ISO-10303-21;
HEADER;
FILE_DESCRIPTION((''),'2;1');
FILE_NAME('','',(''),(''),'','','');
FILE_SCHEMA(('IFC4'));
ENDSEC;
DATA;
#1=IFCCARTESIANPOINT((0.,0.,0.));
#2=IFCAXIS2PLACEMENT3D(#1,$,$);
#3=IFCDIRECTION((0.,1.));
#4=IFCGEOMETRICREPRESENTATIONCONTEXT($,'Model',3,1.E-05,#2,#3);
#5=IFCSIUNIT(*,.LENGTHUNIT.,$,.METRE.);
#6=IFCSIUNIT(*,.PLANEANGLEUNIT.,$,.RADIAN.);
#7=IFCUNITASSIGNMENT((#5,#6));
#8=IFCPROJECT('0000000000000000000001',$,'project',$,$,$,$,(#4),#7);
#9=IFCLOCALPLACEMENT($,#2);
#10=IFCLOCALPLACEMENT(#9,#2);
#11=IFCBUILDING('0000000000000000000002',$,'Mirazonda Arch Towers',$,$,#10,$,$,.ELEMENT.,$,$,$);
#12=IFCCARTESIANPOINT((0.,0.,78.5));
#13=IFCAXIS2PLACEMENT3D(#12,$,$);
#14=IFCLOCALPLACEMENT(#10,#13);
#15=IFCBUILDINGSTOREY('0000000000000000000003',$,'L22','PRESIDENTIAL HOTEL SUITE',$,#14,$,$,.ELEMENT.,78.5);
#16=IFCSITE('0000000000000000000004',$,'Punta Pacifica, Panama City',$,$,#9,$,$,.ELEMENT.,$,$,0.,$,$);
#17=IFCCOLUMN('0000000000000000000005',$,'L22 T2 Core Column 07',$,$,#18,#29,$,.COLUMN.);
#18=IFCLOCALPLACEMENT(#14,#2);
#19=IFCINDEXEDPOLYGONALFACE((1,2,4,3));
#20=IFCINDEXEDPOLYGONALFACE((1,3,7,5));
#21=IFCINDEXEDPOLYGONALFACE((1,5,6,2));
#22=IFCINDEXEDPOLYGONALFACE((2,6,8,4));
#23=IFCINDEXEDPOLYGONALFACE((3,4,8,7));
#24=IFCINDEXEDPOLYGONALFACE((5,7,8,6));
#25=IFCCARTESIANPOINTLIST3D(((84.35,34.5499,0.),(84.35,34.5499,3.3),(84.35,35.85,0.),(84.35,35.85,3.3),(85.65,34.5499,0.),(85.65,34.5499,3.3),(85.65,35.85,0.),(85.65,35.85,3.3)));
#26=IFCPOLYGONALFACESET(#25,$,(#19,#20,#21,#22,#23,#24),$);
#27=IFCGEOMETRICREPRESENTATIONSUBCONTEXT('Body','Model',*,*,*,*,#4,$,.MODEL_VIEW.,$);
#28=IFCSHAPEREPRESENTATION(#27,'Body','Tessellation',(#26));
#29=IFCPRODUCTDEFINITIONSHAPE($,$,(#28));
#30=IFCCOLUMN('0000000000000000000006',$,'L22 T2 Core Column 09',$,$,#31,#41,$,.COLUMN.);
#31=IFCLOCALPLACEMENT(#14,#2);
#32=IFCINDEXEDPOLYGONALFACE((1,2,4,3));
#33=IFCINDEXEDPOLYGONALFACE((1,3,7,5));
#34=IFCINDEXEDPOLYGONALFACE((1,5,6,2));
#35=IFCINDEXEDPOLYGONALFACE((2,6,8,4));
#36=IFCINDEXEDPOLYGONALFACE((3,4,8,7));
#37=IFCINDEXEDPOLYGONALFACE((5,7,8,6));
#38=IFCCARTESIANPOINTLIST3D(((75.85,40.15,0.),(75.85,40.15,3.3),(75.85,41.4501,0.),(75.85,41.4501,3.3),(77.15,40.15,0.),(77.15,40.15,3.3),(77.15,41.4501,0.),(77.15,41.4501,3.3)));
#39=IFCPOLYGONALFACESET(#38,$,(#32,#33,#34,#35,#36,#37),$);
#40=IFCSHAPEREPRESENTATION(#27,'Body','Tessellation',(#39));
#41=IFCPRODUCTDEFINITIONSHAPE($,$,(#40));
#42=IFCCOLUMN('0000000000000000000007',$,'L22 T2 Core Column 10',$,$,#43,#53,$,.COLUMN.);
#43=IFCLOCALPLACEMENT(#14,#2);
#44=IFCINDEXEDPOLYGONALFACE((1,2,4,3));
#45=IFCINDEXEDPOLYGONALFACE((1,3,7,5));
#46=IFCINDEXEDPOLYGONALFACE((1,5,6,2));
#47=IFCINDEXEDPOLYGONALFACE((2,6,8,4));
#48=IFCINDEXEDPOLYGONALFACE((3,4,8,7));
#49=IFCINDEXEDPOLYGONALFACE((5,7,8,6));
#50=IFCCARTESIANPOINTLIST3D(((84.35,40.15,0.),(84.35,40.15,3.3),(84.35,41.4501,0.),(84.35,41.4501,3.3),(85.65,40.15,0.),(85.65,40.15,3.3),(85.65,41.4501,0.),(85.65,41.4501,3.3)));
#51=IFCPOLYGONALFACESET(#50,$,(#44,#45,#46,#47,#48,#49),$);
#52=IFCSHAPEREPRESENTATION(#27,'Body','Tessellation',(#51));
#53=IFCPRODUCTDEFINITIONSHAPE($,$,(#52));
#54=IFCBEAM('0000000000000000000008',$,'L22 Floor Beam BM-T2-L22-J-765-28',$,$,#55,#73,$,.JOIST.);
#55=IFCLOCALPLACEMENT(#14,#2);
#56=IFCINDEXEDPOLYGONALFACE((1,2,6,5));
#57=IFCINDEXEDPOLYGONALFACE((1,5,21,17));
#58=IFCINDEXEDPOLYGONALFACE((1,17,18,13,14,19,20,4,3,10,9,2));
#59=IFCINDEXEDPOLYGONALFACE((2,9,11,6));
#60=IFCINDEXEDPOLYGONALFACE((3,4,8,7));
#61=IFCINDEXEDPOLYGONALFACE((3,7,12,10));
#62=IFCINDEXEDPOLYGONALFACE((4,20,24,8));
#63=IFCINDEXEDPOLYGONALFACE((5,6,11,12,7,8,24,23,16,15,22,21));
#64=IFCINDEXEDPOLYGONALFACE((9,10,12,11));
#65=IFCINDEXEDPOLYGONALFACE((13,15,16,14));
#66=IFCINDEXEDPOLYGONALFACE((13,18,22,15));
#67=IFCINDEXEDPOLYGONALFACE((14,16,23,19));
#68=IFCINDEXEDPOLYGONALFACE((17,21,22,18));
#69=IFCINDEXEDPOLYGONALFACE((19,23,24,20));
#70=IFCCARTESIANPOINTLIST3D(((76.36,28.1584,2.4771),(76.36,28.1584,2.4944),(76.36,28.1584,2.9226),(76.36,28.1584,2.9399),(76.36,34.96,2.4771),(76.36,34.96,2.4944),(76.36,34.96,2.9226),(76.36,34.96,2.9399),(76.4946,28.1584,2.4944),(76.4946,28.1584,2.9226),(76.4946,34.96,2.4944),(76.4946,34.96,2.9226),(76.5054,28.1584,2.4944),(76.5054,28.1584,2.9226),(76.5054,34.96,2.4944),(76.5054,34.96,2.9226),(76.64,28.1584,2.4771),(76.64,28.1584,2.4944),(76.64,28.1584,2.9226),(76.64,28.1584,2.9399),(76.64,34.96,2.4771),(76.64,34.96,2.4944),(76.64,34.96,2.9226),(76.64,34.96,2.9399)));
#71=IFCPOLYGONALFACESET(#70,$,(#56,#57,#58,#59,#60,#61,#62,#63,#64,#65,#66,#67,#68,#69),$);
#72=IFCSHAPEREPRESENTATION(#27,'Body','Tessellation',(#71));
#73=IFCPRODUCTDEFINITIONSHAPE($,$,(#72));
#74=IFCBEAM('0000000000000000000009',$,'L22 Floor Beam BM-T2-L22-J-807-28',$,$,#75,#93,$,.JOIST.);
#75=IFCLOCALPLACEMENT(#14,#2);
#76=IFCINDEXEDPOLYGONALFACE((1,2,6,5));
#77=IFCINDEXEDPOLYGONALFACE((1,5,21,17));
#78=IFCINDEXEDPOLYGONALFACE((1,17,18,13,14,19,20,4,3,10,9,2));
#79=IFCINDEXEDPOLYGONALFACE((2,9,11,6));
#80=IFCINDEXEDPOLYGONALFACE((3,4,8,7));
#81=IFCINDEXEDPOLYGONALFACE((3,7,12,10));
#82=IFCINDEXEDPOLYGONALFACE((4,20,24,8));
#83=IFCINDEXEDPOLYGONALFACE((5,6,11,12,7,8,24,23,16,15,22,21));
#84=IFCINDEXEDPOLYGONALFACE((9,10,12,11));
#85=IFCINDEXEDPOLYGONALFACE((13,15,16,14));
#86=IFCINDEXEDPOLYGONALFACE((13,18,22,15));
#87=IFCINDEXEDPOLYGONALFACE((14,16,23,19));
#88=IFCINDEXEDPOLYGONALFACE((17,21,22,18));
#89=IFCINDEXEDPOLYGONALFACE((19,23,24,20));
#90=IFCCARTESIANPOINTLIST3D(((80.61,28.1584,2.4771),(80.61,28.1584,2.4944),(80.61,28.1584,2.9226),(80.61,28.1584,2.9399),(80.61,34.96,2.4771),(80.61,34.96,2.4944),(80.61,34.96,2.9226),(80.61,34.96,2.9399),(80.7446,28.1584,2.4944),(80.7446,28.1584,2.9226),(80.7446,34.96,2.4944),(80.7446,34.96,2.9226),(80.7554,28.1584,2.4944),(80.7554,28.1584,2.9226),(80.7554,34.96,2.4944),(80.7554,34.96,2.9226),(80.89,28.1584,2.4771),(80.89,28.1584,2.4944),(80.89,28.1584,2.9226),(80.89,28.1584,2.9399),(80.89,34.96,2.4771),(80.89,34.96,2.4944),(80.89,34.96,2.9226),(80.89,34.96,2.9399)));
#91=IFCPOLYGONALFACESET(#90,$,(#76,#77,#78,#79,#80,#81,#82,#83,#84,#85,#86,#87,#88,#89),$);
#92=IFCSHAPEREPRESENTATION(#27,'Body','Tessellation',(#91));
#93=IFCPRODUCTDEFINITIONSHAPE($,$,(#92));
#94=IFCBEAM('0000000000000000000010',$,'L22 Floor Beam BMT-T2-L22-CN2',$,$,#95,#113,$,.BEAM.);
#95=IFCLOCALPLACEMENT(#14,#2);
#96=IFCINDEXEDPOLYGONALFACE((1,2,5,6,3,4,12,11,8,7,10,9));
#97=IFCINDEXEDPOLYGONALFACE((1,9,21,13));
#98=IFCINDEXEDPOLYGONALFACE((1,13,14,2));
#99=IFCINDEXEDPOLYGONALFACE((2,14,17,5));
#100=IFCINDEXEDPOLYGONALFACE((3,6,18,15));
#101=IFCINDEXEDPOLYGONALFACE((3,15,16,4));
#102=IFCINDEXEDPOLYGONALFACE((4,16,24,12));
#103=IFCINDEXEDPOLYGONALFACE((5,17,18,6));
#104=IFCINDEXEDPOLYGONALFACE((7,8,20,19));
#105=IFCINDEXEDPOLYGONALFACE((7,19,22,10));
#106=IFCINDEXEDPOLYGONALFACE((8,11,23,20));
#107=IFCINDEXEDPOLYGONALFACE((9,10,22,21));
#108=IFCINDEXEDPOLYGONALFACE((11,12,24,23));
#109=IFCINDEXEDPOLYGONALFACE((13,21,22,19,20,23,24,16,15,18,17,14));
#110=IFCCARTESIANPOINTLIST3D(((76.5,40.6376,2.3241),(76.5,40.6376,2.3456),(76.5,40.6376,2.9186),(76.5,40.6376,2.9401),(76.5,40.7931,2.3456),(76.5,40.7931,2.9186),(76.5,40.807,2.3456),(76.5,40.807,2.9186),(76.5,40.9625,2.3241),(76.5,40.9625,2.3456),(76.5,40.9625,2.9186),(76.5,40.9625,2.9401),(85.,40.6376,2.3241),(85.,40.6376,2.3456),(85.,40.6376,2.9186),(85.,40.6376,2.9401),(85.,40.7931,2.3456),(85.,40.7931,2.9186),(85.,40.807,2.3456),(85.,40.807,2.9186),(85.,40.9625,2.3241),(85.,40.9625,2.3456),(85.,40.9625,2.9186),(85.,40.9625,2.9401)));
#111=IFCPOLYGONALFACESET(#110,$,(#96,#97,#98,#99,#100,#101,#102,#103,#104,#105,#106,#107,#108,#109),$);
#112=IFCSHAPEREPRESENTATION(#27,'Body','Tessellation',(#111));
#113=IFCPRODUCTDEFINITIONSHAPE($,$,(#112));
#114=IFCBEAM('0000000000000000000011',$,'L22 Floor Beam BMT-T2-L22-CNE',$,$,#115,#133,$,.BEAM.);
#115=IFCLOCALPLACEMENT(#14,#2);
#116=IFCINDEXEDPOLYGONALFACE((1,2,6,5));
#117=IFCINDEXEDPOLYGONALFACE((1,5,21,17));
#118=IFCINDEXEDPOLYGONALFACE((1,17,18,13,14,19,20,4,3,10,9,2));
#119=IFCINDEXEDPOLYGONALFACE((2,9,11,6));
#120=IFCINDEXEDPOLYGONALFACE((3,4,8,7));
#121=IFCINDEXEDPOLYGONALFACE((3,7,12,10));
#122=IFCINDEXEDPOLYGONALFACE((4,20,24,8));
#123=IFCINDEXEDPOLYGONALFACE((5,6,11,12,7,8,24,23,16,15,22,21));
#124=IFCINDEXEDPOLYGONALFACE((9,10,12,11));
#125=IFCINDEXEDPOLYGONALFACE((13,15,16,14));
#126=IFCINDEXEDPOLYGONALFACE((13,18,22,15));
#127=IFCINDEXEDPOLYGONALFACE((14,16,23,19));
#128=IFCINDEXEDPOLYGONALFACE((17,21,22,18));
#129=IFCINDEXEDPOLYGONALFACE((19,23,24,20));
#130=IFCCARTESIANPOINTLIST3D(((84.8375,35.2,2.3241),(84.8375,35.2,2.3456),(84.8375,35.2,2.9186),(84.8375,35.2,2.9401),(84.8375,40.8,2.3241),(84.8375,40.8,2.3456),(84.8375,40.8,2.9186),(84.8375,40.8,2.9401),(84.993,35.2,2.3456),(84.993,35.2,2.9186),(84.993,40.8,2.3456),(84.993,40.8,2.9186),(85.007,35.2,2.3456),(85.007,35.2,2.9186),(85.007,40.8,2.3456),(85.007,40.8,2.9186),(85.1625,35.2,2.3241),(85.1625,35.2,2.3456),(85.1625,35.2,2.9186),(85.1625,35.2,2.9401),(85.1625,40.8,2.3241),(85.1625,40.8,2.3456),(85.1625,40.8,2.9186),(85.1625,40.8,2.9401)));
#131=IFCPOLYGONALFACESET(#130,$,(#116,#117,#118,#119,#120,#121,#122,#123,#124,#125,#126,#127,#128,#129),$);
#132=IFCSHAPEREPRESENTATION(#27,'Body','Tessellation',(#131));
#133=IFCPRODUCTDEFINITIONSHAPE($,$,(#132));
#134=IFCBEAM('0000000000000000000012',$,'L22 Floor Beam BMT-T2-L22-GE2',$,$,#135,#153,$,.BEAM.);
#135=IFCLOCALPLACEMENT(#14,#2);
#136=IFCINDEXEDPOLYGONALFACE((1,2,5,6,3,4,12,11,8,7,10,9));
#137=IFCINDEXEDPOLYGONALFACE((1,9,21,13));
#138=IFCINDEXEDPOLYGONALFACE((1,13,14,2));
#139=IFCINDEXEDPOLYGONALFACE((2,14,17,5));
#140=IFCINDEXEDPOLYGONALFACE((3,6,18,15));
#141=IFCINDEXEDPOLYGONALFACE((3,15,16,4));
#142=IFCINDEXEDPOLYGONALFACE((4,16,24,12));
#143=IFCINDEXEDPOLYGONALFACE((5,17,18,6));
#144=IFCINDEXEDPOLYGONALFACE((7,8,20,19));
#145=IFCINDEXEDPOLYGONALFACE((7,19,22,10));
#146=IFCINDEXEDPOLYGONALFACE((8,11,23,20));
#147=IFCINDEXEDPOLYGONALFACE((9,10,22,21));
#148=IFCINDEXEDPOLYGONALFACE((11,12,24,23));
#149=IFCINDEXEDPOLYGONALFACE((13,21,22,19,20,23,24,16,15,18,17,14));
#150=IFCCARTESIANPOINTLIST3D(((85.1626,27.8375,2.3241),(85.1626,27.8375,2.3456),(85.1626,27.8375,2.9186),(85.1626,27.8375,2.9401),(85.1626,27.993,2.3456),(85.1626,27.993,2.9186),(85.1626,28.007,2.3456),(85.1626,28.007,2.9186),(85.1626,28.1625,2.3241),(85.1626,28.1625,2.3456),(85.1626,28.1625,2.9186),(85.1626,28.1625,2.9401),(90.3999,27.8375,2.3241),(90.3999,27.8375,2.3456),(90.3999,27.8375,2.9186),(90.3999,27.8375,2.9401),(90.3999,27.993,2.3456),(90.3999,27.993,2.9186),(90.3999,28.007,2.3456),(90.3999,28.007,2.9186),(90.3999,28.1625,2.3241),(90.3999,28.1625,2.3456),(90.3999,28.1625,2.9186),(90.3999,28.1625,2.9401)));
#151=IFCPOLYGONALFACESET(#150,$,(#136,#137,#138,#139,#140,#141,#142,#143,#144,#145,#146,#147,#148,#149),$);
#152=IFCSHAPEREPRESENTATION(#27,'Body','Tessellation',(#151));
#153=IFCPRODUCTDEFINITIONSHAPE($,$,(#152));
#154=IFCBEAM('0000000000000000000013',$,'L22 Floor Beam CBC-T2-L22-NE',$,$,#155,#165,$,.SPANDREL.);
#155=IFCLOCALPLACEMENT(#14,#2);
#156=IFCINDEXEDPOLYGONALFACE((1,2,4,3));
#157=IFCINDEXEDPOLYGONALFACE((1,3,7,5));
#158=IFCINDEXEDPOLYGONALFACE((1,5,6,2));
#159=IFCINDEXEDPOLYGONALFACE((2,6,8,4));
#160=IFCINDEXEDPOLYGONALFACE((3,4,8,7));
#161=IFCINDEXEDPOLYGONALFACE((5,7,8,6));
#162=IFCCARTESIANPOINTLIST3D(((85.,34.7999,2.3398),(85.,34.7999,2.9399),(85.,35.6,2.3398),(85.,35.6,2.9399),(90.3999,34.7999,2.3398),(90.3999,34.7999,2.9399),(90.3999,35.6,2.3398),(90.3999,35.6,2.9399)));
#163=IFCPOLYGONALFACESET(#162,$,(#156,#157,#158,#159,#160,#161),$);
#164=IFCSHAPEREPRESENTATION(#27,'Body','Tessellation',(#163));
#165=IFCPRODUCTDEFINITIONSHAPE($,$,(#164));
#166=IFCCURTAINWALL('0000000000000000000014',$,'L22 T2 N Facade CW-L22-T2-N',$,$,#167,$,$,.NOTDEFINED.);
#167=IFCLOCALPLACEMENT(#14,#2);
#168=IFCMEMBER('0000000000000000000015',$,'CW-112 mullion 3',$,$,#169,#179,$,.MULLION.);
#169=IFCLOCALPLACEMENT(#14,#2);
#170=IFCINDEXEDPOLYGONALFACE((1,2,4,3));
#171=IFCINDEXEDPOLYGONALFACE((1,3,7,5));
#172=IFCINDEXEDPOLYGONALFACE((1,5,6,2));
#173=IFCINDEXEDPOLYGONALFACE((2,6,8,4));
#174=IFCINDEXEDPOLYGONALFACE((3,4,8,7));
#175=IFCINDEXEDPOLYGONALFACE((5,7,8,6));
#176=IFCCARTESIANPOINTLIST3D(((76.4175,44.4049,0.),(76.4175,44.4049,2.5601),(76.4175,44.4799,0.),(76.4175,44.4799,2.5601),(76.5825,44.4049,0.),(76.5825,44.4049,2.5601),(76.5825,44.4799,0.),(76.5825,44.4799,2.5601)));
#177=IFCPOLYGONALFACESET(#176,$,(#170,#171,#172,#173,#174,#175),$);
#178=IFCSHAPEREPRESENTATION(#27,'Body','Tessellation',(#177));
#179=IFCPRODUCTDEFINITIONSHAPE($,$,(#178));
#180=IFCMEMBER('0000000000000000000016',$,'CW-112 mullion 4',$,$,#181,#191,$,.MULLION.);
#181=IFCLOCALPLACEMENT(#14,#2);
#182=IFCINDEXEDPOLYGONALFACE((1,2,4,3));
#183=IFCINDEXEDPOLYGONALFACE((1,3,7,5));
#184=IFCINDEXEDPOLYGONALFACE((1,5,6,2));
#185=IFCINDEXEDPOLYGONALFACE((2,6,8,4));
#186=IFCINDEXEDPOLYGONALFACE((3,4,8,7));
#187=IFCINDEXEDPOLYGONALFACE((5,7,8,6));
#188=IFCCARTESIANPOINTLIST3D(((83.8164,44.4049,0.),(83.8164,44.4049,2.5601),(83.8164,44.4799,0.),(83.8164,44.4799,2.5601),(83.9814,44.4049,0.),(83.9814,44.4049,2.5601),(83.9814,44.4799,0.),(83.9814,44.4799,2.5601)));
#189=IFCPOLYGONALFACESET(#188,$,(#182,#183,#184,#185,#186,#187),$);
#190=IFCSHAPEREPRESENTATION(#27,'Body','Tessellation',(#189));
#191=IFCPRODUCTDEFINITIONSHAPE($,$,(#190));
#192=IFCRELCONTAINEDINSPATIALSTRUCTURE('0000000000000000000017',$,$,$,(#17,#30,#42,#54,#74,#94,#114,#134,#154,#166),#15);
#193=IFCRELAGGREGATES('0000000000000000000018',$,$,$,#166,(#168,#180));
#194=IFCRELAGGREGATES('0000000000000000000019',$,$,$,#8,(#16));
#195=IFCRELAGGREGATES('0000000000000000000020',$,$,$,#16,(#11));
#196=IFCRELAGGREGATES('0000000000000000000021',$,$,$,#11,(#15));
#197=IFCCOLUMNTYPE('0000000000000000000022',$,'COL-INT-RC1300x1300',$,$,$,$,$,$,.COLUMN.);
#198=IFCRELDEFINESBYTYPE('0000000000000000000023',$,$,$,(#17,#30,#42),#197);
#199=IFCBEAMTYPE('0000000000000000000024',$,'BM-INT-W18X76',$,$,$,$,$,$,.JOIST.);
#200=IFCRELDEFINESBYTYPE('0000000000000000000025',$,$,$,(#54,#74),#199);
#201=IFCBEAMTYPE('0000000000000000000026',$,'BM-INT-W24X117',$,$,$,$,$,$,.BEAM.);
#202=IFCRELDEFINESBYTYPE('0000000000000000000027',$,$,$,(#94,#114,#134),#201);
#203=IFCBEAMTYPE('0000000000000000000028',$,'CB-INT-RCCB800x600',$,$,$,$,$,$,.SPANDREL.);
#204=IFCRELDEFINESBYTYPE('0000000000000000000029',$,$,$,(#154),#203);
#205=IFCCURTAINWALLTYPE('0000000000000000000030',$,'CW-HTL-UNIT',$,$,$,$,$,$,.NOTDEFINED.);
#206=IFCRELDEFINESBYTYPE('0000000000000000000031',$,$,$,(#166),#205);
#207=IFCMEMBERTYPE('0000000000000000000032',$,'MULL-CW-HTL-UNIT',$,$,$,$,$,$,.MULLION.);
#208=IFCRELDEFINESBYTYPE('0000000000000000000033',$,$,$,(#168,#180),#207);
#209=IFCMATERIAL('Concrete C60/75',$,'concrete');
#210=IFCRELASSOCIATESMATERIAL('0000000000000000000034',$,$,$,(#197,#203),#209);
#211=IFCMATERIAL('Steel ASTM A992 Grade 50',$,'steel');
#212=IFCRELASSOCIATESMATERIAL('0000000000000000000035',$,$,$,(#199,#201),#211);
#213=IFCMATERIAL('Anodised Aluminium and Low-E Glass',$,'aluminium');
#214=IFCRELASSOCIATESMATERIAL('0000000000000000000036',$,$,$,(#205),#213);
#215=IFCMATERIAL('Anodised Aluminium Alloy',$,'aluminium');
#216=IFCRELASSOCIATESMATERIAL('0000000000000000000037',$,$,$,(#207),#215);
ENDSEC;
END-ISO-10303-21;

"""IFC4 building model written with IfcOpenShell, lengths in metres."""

from ifc_helpers import new_model, si_unit, direction, frame, origin, origin_2d, place, context, subcontext, project, spatial, rectangle, i_section, extrude, material, material_profile, profile_set, type_object, element, aggregate, save


model = new_model("IFC4")

# Units and contexts
model_context = context("Model", 3, precision=1e-05, world=origin(), true_north=direction((0.0, 1.0)))
body_context = subcontext(model_context, "Body", "Model", "MODEL_VIEW")
ifc_project = project(units=[si_unit("LENGTHUNIT", "METRE"), si_unit("PLANEANGLEUNIT", "RADIAN")], contexts=[model_context])

# Site, building, storey
site_placement = place(None, origin())
site = spatial("IfcSite", under=ifc_project, at=site_placement, Name="Punta Pacifica, Panama City", CompositionType="ELEMENT", RefElevation=0.0)
building_placement = place(site_placement, origin())
building = spatial("IfcBuilding", under=site, at=building_placement, Name="Mirazonda Arch Towers", CompositionType="ELEMENT")
storey_placement = place(building_placement, frame((0.0, 0.0, 78.5)))
storey = spatial("IfcBuildingStorey", under=building, at=storey_placement, Name="L22", Description="PRESIDENTIAL HOTEL SUITE", CompositionType="ELEMENT", Elevation=78.5)

# Columns
ifc_material_1 = material(Name="Concrete C60/75", Category="concrete")
ifc_material_profile_1 = material_profile(ifc_material_1, rectangle(XDim=1.3, YDim=1.3, at=origin_2d()), Name="RC1300x1300")
ifc_profile_set_1 = profile_set([ifc_material_profile_1], Name="Concrete C60/75")
column_type = type_object("IfcColumnType", Name="COL-INT-RC1300x1300", PredefinedType="COLUMN", material=ifc_profile_set_1)
for number, where, z_axis, x_axis, name in (
    (1, (85.0, 35.2, 0.0), (0.0, 0.0, 1.0), (1.0, 0.0, 0.0), "L22 T2 Core Column 07"),
    (2, (76.5, 40.8, 0.0), (0.0, 0.0, 1.0), (1.0, 0.0, 0.0), "L22 T2 Core Column 09"),
    (3, (85.0, 40.8, 0.0), (0.0, 0.0, 1.0), (1.0, 0.0, 0.0), "L22 T2 Core Column 10"),
):
    element("IfcColumn", number, at=place(storey_placement, frame(where, z_axis=z_axis, x_axis=x_axis)), inside=storey, type_object=column_type, Name=name, PredefinedType="COLUMN", context=body_context, shape_type="SweptSolid", body=[
        extrude(rectangle(XDim=1.3, YDim=1.3, at=origin_2d()), origin(), (0.0, 0.0, 1.0), 3.3),
    ])

# Beams
ifc_material_2 = material(Name="Steel ASTM A992 Grade 50", Category="steel")
ifc_material_profile_2 = material_profile(ifc_material_2, i_section(OverallWidth=0.28, OverallDepth=0.4629, WebThickness=0.0107, FlangeThickness=0.0173, at=origin_2d()), Name="W18X76")
ifc_profile_set_2 = profile_set([ifc_material_profile_2], Name="Steel ASTM A992 Grade 50")
beam_type_1 = type_object("IfcBeamType", Name="BM-INT-W18X76", PredefinedType="JOIST", material=ifc_profile_set_2)
for number, where, z_axis, x_axis, name in (
    (4, (76.5, 28.1584, 2.7085), (0.0, 1.0, 0.0), (-1.0, 0.0, 0.0), "L22 Floor Beam BM-T2-L22-J-765-28"),
    (5, (80.75, 28.1584, 2.7085), (0.0, 1.0, 0.0), (-1.0, 0.0, 0.0), "L22 Floor Beam BM-T2-L22-J-807-28"),
):
    element("IfcBeam", number, at=place(storey_placement, frame(where, z_axis=z_axis, x_axis=x_axis)), inside=storey, type_object=beam_type_1, Name=name, PredefinedType="JOIST", context=body_context, shape_type="SweptSolid", body=[
        extrude(i_section(OverallWidth=0.28, OverallDepth=0.4629, WebThickness=0.0107, FlangeThickness=0.0173, at=origin_2d()), origin(), (0.0, 0.0, 1.0), 6.8015),
    ])
ifc_material_profile_3 = material_profile(ifc_material_2, i_section(OverallWidth=0.325, OverallDepth=0.616, WebThickness=0.0139, FlangeThickness=0.0215, at=origin_2d()), Name="W24X117")
ifc_profile_set_3 = profile_set([ifc_material_profile_3], Name="Steel ASTM A992 Grade 50")
beam_type_2 = type_object("IfcBeamType", Name="BM-INT-W24X117", PredefinedType="BEAM", material=ifc_profile_set_3)
beam_1_placement = place(storey_placement, frame((76.5, 40.8, 2.6321), z_axis=(1.0, 0.0, 0.0), x_axis=(0.0, 1.0, 0.0)))
element("IfcBeam", 6, at=beam_1_placement, inside=storey, type_object=beam_type_2, Name="L22 Floor Beam BMT-T2-L22-CN2", PredefinedType="BEAM", context=body_context, shape_type="SweptSolid", body=[
    extrude(i_section(OverallWidth=0.325, OverallDepth=0.616, WebThickness=0.0139, FlangeThickness=0.0215, at=origin_2d()), origin(), (0.0, 0.0, 1.0), 8.5),
])
beam_2_placement = place(storey_placement, frame((85.0, 35.2, 2.6321), z_axis=(0.0, 1.0, 0.0), x_axis=(-1.0, 0.0, 0.0)))
element("IfcBeam", 7, at=beam_2_placement, inside=storey, type_object=beam_type_2, Name="L22 Floor Beam BMT-T2-L22-CNE", PredefinedType="BEAM", context=body_context, shape_type="SweptSolid", body=[
    extrude(i_section(OverallWidth=0.325, OverallDepth=0.616, WebThickness=0.0139, FlangeThickness=0.0215, at=origin_2d()), origin(), (0.0, 0.0, 1.0), 5.6001),
])
beam_3_placement = place(storey_placement, frame((85.1626, 28.0, 2.6321), z_axis=(1.0, 0.0, 0.0), x_axis=(0.0, 1.0, 0.0)))
element("IfcBeam", 8, at=beam_3_placement, inside=storey, type_object=beam_type_2, Name="L22 Floor Beam BMT-T2-L22-GE2", PredefinedType="BEAM", context=body_context, shape_type="SweptSolid", body=[
    extrude(i_section(OverallWidth=0.325, OverallDepth=0.616, WebThickness=0.0139, FlangeThickness=0.0215, at=origin_2d()), origin(), (0.0, 0.0, 1.0), 5.2373),
])
ifc_material_profile_4 = material_profile(ifc_material_1, rectangle(XDim=0.8, YDim=0.6001, at=origin_2d()), Name="RCCB800x600")
ifc_profile_set_4 = profile_set([ifc_material_profile_4], Name="Concrete C60/75")
beam_type_3 = type_object("IfcBeamType", Name="CB-INT-RCCB800x600", PredefinedType="SPANDREL", material=ifc_profile_set_4)
beam_4_placement = place(storey_placement, frame((85.0, 35.2, 2.6399), z_axis=(1.0, 0.0, 0.0), x_axis=(0.0, 1.0, 0.0)))
element("IfcBeam", 9, at=beam_4_placement, inside=storey, type_object=beam_type_3, Name="L22 Floor Beam CBC-T2-L22-NE", PredefinedType="SPANDREL", context=body_context, shape_type="SweptSolid", body=[
    extrude(rectangle(XDim=0.8, YDim=0.6001, at=origin_2d()), origin(), (0.0, 0.0, 1.0), 5.3999),
])

# Curtain wall, members
ifc_material_3 = material(Name="Anodised Aluminium and Low-E Glass", Category="aluminium")
curtain_wall_type = type_object("IfcCurtainWallType", Name="CW-HTL-UNIT", PredefinedType="NOTDEFINED", material=ifc_material_3)
curtain_wall_placement = place(storey_placement, origin())
curtain_wall = element("IfcCurtainWall", 10, at=curtain_wall_placement, inside=storey, type_object=curtain_wall_type, Name="L22 T2 N Facade CW-L22-T2-N", PredefinedType="NOTDEFINED")
ifc_material_4 = material(Name="Anodised Aluminium Alloy", Category="aluminium")
ifc_material_profile_5 = material_profile(ifc_material_4, rectangle(XDim=0.075, YDim=0.165, at=origin_2d()), Name="ALU-MULL-75x165")
ifc_profile_set_5 = profile_set([ifc_material_profile_5], Name="Anodised Aluminium Alloy")
member_type_1 = type_object("IfcMemberType", Name="MULL-CW-HTL-UNIT", PredefinedType="MULLION", material=ifc_profile_set_5)
member_1_placement = place(storey_placement, frame((76.5, 44.4424, 0.0), z_axis=(0.0, 0.0, 1.0), x_axis=(0.0, 1.0, 0.0)))
member_1 = element("IfcMember", 11, at=member_1_placement, type_object=member_type_1, Name="CW-112 mullion 3", PredefinedType="MULLION", context=body_context, shape_type="SweptSolid", body=[
    extrude(rectangle(XDim=0.075, YDim=0.165, at=origin_2d()), origin(), (0.0, 0.0, 1.0), 2.5601),
])
member_2_placement = place(storey_placement, frame((83.8989, 44.4424, 0.0), z_axis=(0.0, 0.0, 1.0), x_axis=(0.0, 1.0, 0.0)))
member_2 = element("IfcMember", 12, at=member_2_placement, type_object=member_type_1, Name="CW-112 mullion 4", PredefinedType="MULLION", context=body_context, shape_type="SweptSolid", body=[
    extrude(rectangle(XDim=0.075, YDim=0.165, at=origin_2d()), origin(), (0.0, 0.0, 1.0), 2.5601),
])
aggregate(curtain_wall, [member_1, member_2])

save(model, "model.ifc")
